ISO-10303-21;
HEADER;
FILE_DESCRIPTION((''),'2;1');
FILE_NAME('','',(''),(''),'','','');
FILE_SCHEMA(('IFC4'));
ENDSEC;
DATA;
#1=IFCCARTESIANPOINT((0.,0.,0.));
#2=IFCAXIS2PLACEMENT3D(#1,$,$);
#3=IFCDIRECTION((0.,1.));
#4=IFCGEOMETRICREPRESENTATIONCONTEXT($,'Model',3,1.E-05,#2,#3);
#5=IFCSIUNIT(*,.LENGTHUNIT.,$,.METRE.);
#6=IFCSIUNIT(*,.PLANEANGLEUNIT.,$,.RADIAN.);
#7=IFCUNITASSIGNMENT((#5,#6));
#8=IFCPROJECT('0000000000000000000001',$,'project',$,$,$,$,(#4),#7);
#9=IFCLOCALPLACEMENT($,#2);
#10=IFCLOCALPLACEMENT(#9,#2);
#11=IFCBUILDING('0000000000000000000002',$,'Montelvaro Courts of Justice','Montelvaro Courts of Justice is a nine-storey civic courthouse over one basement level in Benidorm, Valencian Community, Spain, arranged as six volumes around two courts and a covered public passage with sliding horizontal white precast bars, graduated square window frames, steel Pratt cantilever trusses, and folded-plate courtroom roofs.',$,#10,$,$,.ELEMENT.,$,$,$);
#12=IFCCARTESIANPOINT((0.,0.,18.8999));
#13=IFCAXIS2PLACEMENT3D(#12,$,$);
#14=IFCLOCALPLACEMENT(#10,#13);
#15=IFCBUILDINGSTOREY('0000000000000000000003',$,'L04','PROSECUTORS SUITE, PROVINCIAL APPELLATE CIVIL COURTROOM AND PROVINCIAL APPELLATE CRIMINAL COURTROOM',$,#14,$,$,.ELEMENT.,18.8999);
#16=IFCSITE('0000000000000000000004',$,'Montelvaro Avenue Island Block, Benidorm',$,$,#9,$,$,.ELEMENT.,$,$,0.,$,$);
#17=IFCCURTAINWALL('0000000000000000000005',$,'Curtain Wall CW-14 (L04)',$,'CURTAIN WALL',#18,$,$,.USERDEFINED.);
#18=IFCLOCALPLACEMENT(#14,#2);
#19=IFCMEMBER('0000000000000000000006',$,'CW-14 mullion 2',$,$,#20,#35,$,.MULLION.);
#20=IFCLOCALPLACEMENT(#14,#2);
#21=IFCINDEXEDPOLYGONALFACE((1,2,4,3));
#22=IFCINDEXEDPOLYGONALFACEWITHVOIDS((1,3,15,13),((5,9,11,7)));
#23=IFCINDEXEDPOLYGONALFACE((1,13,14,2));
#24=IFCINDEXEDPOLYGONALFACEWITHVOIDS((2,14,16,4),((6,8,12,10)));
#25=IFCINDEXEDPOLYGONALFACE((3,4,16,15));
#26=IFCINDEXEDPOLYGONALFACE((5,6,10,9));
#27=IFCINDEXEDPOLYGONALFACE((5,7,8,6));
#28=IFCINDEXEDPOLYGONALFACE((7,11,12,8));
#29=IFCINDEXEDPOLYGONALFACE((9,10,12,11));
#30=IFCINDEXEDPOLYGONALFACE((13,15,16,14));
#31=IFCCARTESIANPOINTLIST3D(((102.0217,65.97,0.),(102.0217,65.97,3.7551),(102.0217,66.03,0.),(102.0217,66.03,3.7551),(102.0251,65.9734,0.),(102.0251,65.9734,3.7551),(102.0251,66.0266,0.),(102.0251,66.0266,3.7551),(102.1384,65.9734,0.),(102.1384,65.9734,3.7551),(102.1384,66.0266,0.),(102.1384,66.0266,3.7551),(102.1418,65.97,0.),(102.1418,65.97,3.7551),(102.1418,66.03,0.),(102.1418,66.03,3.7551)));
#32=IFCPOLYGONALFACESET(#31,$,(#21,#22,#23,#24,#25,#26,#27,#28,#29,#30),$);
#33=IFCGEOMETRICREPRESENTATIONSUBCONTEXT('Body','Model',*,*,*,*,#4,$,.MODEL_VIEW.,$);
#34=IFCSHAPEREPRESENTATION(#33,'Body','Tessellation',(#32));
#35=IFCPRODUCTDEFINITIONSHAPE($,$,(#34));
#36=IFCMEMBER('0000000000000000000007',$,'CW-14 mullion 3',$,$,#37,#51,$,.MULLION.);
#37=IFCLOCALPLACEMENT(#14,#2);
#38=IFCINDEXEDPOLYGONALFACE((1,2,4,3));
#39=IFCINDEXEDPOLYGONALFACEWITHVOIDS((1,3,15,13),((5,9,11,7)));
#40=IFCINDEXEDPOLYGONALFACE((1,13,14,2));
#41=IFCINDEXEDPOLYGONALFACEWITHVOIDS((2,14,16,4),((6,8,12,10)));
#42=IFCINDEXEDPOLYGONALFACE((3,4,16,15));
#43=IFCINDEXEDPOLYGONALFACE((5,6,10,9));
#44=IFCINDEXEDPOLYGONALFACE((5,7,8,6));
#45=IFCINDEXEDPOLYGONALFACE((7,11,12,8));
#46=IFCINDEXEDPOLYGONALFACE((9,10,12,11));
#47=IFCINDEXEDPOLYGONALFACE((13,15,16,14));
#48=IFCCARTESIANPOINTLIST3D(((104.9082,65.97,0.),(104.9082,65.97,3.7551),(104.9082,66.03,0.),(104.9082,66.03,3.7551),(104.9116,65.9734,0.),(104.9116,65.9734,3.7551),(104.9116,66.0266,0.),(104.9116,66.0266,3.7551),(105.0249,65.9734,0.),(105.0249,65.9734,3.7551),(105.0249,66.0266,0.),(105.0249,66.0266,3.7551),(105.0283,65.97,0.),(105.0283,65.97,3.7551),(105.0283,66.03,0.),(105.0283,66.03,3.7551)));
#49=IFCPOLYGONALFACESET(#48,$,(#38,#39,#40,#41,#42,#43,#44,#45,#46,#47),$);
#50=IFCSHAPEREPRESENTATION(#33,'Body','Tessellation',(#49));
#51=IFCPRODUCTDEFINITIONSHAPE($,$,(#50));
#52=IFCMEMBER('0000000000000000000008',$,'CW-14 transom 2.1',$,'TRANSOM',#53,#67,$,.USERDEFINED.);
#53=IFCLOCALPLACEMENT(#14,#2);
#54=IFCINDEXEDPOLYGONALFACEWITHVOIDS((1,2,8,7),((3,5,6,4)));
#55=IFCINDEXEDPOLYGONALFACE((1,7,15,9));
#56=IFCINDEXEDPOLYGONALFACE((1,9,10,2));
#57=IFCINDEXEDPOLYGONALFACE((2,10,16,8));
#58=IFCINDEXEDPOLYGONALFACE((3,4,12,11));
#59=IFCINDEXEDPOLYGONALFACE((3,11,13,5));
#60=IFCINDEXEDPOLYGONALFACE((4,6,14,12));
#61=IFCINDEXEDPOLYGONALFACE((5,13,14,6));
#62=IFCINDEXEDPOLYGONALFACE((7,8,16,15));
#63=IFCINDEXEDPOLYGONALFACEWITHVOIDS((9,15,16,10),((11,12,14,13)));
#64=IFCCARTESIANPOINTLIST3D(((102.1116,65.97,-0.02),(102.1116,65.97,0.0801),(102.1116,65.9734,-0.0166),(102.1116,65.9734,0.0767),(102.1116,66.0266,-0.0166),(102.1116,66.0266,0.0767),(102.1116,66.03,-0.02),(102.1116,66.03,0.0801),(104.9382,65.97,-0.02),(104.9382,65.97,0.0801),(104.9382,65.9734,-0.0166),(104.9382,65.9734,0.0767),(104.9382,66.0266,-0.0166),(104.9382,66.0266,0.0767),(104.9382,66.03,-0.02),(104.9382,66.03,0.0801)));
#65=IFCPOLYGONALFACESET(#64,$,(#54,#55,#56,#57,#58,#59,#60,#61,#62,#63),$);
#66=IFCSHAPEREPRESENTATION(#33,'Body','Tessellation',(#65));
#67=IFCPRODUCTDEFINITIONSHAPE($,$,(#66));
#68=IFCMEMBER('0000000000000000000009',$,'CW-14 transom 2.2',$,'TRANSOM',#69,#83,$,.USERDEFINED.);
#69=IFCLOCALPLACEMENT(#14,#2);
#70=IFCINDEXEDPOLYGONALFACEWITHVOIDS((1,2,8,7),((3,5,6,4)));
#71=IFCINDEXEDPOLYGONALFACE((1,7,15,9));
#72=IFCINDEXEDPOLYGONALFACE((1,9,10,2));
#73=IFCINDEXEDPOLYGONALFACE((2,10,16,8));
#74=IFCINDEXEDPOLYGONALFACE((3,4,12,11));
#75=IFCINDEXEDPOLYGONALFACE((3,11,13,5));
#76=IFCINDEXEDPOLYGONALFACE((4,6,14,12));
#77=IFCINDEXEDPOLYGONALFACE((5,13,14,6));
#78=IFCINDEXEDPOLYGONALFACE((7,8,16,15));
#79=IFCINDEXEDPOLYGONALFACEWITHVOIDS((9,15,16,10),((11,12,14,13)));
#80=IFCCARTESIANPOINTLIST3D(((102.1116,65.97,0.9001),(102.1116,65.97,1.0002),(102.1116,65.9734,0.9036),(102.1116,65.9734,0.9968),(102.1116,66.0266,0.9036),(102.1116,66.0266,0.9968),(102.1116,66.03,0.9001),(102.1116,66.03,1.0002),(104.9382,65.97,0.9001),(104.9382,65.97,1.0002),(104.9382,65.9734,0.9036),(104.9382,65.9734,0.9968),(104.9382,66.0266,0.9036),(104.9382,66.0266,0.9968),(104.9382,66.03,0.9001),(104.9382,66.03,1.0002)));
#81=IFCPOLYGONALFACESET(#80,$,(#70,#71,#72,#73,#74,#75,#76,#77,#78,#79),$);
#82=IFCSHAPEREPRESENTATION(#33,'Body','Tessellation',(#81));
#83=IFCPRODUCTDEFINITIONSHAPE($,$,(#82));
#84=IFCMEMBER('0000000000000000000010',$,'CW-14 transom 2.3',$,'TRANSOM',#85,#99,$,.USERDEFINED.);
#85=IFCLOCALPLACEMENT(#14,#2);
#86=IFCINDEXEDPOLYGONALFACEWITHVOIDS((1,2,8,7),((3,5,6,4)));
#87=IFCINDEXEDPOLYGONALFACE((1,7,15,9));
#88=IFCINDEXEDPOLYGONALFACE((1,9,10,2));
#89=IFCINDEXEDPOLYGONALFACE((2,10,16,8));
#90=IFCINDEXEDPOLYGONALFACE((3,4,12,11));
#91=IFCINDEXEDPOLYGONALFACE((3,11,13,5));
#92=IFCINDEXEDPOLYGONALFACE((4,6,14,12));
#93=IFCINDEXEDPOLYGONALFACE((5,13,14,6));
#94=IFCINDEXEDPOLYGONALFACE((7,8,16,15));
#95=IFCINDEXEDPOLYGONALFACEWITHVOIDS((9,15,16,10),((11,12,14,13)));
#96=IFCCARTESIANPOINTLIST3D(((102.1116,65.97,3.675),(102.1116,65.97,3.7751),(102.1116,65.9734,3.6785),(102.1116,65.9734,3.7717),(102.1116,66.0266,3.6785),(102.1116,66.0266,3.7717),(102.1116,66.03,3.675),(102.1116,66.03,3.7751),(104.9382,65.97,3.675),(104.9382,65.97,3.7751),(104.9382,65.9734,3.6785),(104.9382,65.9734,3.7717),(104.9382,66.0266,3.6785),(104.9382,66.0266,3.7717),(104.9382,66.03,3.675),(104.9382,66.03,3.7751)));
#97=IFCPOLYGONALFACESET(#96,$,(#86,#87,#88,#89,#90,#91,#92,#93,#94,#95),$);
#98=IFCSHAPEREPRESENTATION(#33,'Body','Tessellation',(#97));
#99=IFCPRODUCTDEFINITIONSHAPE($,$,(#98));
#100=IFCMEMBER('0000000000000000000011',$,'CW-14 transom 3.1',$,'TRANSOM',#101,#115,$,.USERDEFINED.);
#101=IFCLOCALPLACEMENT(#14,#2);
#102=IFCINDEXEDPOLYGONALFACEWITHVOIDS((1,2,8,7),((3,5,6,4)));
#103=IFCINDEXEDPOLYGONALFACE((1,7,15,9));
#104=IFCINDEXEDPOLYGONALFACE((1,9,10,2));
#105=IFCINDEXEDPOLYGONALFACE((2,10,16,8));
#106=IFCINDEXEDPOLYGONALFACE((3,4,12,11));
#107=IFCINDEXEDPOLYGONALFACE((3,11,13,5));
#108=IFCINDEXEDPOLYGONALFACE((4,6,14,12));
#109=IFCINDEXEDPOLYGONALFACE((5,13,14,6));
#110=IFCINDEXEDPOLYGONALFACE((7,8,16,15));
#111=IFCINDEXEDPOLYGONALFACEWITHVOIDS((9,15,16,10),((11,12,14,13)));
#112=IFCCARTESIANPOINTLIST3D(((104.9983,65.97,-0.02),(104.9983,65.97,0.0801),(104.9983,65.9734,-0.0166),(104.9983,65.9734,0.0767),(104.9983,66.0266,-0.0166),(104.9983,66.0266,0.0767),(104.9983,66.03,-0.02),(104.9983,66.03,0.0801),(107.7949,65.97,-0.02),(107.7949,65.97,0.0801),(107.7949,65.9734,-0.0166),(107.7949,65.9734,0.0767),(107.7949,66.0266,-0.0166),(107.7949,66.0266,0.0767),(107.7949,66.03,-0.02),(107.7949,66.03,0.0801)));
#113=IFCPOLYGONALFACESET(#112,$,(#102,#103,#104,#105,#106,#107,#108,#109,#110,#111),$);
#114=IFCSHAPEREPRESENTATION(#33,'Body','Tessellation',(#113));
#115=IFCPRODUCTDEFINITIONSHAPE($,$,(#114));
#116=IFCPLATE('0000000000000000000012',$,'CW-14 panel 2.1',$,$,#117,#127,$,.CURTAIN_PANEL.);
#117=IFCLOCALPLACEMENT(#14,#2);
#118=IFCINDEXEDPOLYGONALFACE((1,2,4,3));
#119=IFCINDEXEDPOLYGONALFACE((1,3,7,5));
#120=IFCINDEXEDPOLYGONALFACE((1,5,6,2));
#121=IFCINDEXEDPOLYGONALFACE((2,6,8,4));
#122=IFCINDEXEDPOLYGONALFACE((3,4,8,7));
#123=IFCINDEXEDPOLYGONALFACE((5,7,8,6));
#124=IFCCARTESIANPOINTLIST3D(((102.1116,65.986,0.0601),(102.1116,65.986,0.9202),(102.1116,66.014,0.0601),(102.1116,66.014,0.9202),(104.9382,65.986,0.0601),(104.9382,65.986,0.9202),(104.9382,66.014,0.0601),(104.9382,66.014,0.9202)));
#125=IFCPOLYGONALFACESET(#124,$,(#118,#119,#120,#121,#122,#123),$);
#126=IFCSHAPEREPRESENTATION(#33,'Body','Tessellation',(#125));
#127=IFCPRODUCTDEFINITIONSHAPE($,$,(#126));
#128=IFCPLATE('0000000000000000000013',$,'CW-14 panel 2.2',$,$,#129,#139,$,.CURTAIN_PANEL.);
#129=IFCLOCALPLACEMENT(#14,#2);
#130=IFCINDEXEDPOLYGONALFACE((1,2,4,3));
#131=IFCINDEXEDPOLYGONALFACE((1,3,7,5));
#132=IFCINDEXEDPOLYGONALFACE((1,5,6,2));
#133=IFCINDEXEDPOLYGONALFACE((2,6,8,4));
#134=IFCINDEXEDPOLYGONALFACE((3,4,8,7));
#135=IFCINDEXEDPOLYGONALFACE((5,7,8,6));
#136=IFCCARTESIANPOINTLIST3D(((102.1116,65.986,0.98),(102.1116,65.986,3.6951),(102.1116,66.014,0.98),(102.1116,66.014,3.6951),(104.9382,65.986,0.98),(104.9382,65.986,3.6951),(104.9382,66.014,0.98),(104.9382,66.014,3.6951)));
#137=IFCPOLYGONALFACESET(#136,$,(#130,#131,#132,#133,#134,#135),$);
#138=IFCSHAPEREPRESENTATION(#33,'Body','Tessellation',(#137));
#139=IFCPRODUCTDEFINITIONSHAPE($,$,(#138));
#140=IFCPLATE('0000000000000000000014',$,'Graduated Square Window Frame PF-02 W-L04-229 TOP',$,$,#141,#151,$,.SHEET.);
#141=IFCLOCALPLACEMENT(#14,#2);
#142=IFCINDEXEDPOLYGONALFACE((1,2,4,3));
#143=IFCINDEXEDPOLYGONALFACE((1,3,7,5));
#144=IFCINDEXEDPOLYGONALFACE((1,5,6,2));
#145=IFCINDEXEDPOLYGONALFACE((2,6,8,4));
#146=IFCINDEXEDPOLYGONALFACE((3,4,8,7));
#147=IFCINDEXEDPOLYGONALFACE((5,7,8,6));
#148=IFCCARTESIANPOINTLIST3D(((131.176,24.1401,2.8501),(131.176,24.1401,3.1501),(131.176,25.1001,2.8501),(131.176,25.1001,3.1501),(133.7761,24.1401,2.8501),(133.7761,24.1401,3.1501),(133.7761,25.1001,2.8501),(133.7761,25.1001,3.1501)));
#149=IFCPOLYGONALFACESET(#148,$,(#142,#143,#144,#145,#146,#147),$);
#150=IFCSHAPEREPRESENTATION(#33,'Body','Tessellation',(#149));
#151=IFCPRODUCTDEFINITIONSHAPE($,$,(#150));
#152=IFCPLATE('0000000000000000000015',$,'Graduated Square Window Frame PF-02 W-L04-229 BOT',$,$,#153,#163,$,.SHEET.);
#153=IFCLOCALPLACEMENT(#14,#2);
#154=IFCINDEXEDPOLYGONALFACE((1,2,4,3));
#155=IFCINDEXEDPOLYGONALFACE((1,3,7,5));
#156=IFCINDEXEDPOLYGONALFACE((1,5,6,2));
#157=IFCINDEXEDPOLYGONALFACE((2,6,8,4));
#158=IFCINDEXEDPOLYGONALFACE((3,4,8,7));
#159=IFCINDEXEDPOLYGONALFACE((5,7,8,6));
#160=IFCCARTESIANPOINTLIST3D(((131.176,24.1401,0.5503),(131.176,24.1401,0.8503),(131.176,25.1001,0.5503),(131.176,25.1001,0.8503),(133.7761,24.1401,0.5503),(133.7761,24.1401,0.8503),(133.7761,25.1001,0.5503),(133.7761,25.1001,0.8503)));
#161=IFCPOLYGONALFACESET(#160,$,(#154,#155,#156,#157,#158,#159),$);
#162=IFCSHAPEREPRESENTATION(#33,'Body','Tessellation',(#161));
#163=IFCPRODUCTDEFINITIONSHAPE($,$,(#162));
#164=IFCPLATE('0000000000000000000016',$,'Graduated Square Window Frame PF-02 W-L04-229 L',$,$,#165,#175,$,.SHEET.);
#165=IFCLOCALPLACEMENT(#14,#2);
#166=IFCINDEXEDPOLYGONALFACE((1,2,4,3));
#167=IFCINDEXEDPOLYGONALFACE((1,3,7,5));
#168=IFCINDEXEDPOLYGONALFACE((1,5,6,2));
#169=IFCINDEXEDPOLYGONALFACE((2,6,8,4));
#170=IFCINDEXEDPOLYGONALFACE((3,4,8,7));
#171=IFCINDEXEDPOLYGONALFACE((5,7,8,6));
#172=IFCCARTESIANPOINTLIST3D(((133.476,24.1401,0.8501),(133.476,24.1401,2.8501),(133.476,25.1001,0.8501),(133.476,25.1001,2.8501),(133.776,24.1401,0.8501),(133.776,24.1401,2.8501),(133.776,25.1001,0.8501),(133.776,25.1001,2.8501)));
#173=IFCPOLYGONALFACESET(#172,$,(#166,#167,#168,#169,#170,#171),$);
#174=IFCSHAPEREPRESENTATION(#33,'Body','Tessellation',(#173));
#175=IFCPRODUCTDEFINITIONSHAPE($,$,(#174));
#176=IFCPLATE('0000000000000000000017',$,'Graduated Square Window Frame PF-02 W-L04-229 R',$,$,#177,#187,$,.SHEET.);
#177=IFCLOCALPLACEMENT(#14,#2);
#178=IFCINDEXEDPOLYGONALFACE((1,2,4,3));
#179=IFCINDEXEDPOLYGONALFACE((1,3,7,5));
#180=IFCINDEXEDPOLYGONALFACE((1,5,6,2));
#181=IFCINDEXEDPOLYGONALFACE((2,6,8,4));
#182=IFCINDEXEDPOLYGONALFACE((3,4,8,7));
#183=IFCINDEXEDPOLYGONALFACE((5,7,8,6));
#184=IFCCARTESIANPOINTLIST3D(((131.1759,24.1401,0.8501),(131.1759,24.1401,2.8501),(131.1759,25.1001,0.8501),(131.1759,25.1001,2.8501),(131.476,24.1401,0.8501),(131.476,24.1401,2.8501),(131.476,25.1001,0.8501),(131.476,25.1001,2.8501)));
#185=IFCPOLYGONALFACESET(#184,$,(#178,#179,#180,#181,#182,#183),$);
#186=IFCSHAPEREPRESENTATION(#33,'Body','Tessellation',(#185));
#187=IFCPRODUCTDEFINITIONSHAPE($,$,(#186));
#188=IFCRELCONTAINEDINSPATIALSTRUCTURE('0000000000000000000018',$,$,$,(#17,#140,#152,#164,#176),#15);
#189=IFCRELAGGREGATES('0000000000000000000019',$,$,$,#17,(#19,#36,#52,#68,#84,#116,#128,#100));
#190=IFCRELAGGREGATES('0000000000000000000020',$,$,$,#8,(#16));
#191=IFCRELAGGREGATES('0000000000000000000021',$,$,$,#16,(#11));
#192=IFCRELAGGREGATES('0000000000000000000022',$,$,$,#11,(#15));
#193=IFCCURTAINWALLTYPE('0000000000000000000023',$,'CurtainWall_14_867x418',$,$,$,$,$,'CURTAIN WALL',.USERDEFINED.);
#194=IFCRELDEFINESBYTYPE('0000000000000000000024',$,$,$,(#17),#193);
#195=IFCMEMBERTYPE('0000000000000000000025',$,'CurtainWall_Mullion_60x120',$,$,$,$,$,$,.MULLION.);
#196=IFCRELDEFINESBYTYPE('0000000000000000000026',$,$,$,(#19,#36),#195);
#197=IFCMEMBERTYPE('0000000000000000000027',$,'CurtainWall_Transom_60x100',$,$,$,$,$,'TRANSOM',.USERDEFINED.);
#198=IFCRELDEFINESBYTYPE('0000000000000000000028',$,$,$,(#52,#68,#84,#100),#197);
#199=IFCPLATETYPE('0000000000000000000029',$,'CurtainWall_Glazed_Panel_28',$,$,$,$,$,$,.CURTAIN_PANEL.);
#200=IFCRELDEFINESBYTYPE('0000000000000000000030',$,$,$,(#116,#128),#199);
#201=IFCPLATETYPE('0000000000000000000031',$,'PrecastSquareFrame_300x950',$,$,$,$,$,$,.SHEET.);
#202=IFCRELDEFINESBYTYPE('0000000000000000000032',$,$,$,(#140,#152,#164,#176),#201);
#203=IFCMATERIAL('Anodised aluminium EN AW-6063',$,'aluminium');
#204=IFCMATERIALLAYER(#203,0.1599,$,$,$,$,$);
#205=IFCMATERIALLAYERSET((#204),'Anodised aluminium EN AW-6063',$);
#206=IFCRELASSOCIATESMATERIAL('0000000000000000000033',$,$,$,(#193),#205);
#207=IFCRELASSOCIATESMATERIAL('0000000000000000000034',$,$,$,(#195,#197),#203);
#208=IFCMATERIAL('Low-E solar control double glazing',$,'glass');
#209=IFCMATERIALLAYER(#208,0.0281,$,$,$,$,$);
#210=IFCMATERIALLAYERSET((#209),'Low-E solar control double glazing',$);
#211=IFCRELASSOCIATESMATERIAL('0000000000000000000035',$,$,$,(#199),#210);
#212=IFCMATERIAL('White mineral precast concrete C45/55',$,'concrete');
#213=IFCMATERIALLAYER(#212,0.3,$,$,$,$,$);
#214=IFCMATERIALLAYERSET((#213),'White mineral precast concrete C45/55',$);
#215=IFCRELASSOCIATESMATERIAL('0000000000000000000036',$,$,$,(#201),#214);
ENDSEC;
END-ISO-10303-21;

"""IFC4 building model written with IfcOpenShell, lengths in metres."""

from ifc_helpers import new_model, si_unit, direction, frame, origin, origin_2d, place, context, subcontext, project, spatial, rectangle, hollow_rectangle, extrude, material, layer, layer_set, material_profile, profile_set, type_object, element, aggregate, save


model = new_model("IFC4")

# Units and contexts
model_context = context("Model", 3, precision=1e-05, world=origin(), true_north=direction((0.0, 1.0)))
body_context = subcontext(model_context, "Body", "Model", "MODEL_VIEW")
ifc_project = project(units=[si_unit("LENGTHUNIT", "METRE"), si_unit("PLANEANGLEUNIT", "RADIAN")], contexts=[model_context])

# Site, building, storey
site_placement = place(None, origin())
site = spatial("IfcSite", under=ifc_project, at=site_placement, Name="Montelvaro Avenue Island Block, Benidorm", CompositionType="ELEMENT", RefElevation=0.0)
building_placement = place(site_placement, origin())
building = spatial("IfcBuilding", under=site, at=building_placement, Name="Montelvaro Courts of Justice", Description="Montelvaro Courts of Justice is a nine-storey civic courthouse over one basement level in Benidorm, Valencian Community, Spain, arranged as six volumes around two courts and a covered public passage with sliding horizontal white precast bars, graduated square window frames, steel Pratt cantilever trusses, and folded-plate courtroom roofs.", CompositionType="ELEMENT")
storey_placement = place(building_placement, frame((0.0, 0.0, 18.8999)))
storey = spatial("IfcBuildingStorey", under=building, at=storey_placement, Name="L04", Description="PROSECUTORS SUITE, PROVINCIAL APPELLATE CIVIL COURTROOM AND PROVINCIAL APPELLATE CRIMINAL COURTROOM", CompositionType="ELEMENT", Elevation=18.8999)

# Curtain wall, members, plates
ifc_material_1 = material(Name="Anodised aluminium EN AW-6063", Category="aluminium")
ifc_layer_1 = layer(ifc_material_1, 0.1599)
ifc_layer_set_1 = layer_set([ifc_layer_1], Name="Anodised aluminium EN AW-6063")
curtain_wall_type = type_object("IfcCurtainWallType", Name="CurtainWall_14_867x418", ElementType="CURTAIN WALL", PredefinedType="USERDEFINED", material=ifc_layer_set_1)
curtain_wall_placement = place(storey_placement, origin())
curtain_wall = element("IfcCurtainWall", 1, at=curtain_wall_placement, inside=storey, type_object=curtain_wall_type, Name="Curtain Wall CW-14 (L04)", ObjectType="CURTAIN WALL", PredefinedType="USERDEFINED")
ifc_material_profile_1 = material_profile(ifc_material_1, hollow_rectangle(XDim=0.0601, YDim=0.1201, WallThickness=0.0034, at=origin_2d()), Name="ALU-M 60x120")
ifc_profile_set_1 = profile_set([ifc_material_profile_1], Name="Anodised aluminium EN AW-6063")
member_type_1 = type_object("IfcMemberType", Name="CurtainWall_Mullion_60x120", PredefinedType="MULLION", material=ifc_profile_set_1)
member_1_placement = place(storey_placement, frame((102.0818, 66.0, 0.0), z_axis=(0.0, 0.0, 1.0), x_axis=(0.0, 1.0, 0.0)))
member_1 = element("IfcMember", 2, at=member_1_placement, type_object=member_type_1, Name="CW-14 mullion 2", PredefinedType="MULLION", context=body_context, shape_type="SweptSolid", body=[
    extrude(hollow_rectangle(XDim=0.0601, YDim=0.1201, WallThickness=0.0034, at=origin_2d()), origin(), (0.0, 0.0, 1.0), 3.7551),
])
member_2_placement = place(storey_placement, frame((104.9683, 66.0, 0.0), z_axis=(0.0, 0.0, 1.0), x_axis=(0.0, 1.0, 0.0)))
member_2 = element("IfcMember", 3, at=member_2_placement, type_object=member_type_1, Name="CW-14 mullion 3", PredefinedType="MULLION", context=body_context, shape_type="SweptSolid", body=[
    extrude(hollow_rectangle(XDim=0.0601, YDim=0.1201, WallThickness=0.0034, at=origin_2d()), origin(), (0.0, 0.0, 1.0), 3.7551),
])
ifc_material_profile_2 = material_profile(ifc_material_1, hollow_rectangle(XDim=0.0601, YDim=0.1001, WallThickness=0.0034, at=origin_2d()), Name="ALU-T 60x100")
ifc_profile_set_2 = profile_set([ifc_material_profile_2], Name="Anodised aluminium EN AW-6063")
member_type_2 = type_object("IfcMemberType", Name="CurtainWall_Transom_60x100", ElementType="TRANSOM", PredefinedType="USERDEFINED", material=ifc_profile_set_2)
member_3_placement = place(storey_placement, frame((102.1116, 66.0, 0.03), z_axis=(1.0, 0.0, 0.0), x_axis=(0.0, 1.0, 0.0)))
member_3 = element("IfcMember", 4, at=member_3_placement, type_object=member_type_2, Name="CW-14 transom 2.1", ObjectType="TRANSOM", PredefinedType="USERDEFINED", context=body_context, shape_type="SweptSolid", body=[
    extrude(hollow_rectangle(XDim=0.0601, YDim=0.1001, WallThickness=0.0034, at=origin_2d()), origin(), (0.0, 0.0, 1.0), 2.8267),
])
member_4_placement = place(storey_placement, frame((102.1116, 66.0, 0.9502), z_axis=(1.0, 0.0, 0.0), x_axis=(0.0, 1.0, 0.0)))
member_4 = element("IfcMember", 5, at=member_4_placement, type_object=member_type_2, Name="CW-14 transom 2.2", ObjectType="TRANSOM", PredefinedType="USERDEFINED", context=body_context, shape_type="SweptSolid", body=[
    extrude(hollow_rectangle(XDim=0.0601, YDim=0.1001, WallThickness=0.0034, at=origin_2d()), origin(), (0.0, 0.0, 1.0), 2.8267),
])
member_5_placement = place(storey_placement, frame((102.1116, 66.0, 3.7251), z_axis=(1.0, 0.0, 0.0), x_axis=(0.0, 1.0, 0.0)))
member_5 = element("IfcMember", 6, at=member_5_placement, type_object=member_type_2, Name="CW-14 transom 2.3", ObjectType="TRANSOM", PredefinedType="USERDEFINED", context=body_context, shape_type="SweptSolid", body=[
    extrude(hollow_rectangle(XDim=0.0601, YDim=0.1001, WallThickness=0.0034, at=origin_2d()), origin(), (0.0, 0.0, 1.0), 2.8267),
])
member_6_placement = place(storey_placement, frame((104.9983, 66.0, 0.03), z_axis=(1.0, 0.0, 0.0), x_axis=(0.0, 1.0, 0.0)))
member_6 = element("IfcMember", 7, at=member_6_placement, type_object=member_type_2, Name="CW-14 transom 3.1", ObjectType="TRANSOM", PredefinedType="USERDEFINED", context=body_context, shape_type="SweptSolid", body=[
    extrude(hollow_rectangle(XDim=0.0601, YDim=0.1001, WallThickness=0.0034, at=origin_2d()), origin(), (0.0, 0.0, 1.0), 2.7966),
])
ifc_material_2 = material(Name="Low-E solar control double glazing", Category="glass")
ifc_layer_2 = layer(ifc_material_2, 0.0281)
ifc_layer_set_2 = layer_set([ifc_layer_2], Name="Low-E solar control double glazing")
plate_type_1 = type_object("IfcPlateType", Name="CurtainWall_Glazed_Panel_28", PredefinedType="CURTAIN_PANEL", material=ifc_layer_set_2)
plate_1_placement = place(storey_placement, frame((103.5249, 66.0, 0.0601), z_axis=(0.0, 0.0, 1.0), x_axis=(1.0, 0.0, 0.0)))
plate_1 = element("IfcPlate", 8, at=plate_1_placement, type_object=plate_type_1, Name="CW-14 panel 2.1", PredefinedType="CURTAIN_PANEL", context=body_context, shape_type="SweptSolid", body=[
    extrude(rectangle(XDim=2.8267, YDim=0.0281, at=origin_2d()), origin(), (0.0, 0.0, 1.0), 0.8601),
])
plate_2_placement = place(storey_placement, frame((103.5249, 66.0, 0.98), z_axis=(0.0, 0.0, 1.0), x_axis=(1.0, 0.0, 0.0)))
plate_2 = element("IfcPlate", 9, at=plate_2_placement, type_object=plate_type_1, Name="CW-14 panel 2.2", PredefinedType="CURTAIN_PANEL", context=body_context, shape_type="SweptSolid", body=[
    extrude(rectangle(XDim=2.8267, YDim=0.0281, at=origin_2d()), origin(), (0.0, 0.0, 1.0), 2.7151),
])
aggregate(curtain_wall, [member_1, member_2, member_3, member_4, member_5, plate_1, plate_2, member_6])

# Plates
ifc_material_3 = material(Name="White mineral precast concrete C45/55", Category="concrete")
ifc_layer_3 = layer(ifc_material_3, 0.3)
ifc_layer_set_3 = layer_set([ifc_layer_3], Name="White mineral precast concrete C45/55")
plate_type_2 = type_object("IfcPlateType", Name="PrecastSquareFrame_300x950", PredefinedType="SHEET", material=ifc_layer_set_3)
for number, where, z_axis, x_axis, name in (
    (10, (132.4761, 24.6201, 2.8501), (0.0, 0.0, 1.0), (-1.0, 0.0, 0.0), "Graduated Square Window Frame PF-02 W-L04-229 TOP"),
    (11, (132.4761, 24.6201, 0.5503), (0.0, 0.0, 1.0), (-1.0, 0.0, 0.0), "Graduated Square Window Frame PF-02 W-L04-229 BOT"),
):
    element("IfcPlate", number, at=place(storey_placement, frame(where, z_axis=z_axis, x_axis=x_axis)), inside=storey, type_object=plate_type_2, Name=name, PredefinedType="SHEET", context=body_context, shape_type="SweptSolid", body=[
        extrude(rectangle(XDim=2.6001, YDim=0.96, at=origin_2d()), origin(), (0.0, 0.0, 1.0), 0.3),
    ])
for number, where, z_axis, x_axis, name in (
    (12, (133.626, 24.6201, 0.8501), (0.0, 0.0, 1.0), (-1.0, 0.0, 0.0), "Graduated Square Window Frame PF-02 W-L04-229 L"),
    (13, (131.3259, 24.6201, 0.8501), (0.0, 0.0, 1.0), (-1.0, 0.0, 0.0), "Graduated Square Window Frame PF-02 W-L04-229 R"),
):
    element("IfcPlate", number, at=place(storey_placement, frame(where, z_axis=z_axis, x_axis=x_axis)), inside=storey, type_object=plate_type_2, Name=name, PredefinedType="SHEET", context=body_context, shape_type="SweptSolid", body=[
        extrude(rectangle(XDim=0.3, YDim=0.96, at=origin_2d()), origin(), (0.0, 0.0, 1.0), 2.0),
    ])

save(model, "model.ifc")
